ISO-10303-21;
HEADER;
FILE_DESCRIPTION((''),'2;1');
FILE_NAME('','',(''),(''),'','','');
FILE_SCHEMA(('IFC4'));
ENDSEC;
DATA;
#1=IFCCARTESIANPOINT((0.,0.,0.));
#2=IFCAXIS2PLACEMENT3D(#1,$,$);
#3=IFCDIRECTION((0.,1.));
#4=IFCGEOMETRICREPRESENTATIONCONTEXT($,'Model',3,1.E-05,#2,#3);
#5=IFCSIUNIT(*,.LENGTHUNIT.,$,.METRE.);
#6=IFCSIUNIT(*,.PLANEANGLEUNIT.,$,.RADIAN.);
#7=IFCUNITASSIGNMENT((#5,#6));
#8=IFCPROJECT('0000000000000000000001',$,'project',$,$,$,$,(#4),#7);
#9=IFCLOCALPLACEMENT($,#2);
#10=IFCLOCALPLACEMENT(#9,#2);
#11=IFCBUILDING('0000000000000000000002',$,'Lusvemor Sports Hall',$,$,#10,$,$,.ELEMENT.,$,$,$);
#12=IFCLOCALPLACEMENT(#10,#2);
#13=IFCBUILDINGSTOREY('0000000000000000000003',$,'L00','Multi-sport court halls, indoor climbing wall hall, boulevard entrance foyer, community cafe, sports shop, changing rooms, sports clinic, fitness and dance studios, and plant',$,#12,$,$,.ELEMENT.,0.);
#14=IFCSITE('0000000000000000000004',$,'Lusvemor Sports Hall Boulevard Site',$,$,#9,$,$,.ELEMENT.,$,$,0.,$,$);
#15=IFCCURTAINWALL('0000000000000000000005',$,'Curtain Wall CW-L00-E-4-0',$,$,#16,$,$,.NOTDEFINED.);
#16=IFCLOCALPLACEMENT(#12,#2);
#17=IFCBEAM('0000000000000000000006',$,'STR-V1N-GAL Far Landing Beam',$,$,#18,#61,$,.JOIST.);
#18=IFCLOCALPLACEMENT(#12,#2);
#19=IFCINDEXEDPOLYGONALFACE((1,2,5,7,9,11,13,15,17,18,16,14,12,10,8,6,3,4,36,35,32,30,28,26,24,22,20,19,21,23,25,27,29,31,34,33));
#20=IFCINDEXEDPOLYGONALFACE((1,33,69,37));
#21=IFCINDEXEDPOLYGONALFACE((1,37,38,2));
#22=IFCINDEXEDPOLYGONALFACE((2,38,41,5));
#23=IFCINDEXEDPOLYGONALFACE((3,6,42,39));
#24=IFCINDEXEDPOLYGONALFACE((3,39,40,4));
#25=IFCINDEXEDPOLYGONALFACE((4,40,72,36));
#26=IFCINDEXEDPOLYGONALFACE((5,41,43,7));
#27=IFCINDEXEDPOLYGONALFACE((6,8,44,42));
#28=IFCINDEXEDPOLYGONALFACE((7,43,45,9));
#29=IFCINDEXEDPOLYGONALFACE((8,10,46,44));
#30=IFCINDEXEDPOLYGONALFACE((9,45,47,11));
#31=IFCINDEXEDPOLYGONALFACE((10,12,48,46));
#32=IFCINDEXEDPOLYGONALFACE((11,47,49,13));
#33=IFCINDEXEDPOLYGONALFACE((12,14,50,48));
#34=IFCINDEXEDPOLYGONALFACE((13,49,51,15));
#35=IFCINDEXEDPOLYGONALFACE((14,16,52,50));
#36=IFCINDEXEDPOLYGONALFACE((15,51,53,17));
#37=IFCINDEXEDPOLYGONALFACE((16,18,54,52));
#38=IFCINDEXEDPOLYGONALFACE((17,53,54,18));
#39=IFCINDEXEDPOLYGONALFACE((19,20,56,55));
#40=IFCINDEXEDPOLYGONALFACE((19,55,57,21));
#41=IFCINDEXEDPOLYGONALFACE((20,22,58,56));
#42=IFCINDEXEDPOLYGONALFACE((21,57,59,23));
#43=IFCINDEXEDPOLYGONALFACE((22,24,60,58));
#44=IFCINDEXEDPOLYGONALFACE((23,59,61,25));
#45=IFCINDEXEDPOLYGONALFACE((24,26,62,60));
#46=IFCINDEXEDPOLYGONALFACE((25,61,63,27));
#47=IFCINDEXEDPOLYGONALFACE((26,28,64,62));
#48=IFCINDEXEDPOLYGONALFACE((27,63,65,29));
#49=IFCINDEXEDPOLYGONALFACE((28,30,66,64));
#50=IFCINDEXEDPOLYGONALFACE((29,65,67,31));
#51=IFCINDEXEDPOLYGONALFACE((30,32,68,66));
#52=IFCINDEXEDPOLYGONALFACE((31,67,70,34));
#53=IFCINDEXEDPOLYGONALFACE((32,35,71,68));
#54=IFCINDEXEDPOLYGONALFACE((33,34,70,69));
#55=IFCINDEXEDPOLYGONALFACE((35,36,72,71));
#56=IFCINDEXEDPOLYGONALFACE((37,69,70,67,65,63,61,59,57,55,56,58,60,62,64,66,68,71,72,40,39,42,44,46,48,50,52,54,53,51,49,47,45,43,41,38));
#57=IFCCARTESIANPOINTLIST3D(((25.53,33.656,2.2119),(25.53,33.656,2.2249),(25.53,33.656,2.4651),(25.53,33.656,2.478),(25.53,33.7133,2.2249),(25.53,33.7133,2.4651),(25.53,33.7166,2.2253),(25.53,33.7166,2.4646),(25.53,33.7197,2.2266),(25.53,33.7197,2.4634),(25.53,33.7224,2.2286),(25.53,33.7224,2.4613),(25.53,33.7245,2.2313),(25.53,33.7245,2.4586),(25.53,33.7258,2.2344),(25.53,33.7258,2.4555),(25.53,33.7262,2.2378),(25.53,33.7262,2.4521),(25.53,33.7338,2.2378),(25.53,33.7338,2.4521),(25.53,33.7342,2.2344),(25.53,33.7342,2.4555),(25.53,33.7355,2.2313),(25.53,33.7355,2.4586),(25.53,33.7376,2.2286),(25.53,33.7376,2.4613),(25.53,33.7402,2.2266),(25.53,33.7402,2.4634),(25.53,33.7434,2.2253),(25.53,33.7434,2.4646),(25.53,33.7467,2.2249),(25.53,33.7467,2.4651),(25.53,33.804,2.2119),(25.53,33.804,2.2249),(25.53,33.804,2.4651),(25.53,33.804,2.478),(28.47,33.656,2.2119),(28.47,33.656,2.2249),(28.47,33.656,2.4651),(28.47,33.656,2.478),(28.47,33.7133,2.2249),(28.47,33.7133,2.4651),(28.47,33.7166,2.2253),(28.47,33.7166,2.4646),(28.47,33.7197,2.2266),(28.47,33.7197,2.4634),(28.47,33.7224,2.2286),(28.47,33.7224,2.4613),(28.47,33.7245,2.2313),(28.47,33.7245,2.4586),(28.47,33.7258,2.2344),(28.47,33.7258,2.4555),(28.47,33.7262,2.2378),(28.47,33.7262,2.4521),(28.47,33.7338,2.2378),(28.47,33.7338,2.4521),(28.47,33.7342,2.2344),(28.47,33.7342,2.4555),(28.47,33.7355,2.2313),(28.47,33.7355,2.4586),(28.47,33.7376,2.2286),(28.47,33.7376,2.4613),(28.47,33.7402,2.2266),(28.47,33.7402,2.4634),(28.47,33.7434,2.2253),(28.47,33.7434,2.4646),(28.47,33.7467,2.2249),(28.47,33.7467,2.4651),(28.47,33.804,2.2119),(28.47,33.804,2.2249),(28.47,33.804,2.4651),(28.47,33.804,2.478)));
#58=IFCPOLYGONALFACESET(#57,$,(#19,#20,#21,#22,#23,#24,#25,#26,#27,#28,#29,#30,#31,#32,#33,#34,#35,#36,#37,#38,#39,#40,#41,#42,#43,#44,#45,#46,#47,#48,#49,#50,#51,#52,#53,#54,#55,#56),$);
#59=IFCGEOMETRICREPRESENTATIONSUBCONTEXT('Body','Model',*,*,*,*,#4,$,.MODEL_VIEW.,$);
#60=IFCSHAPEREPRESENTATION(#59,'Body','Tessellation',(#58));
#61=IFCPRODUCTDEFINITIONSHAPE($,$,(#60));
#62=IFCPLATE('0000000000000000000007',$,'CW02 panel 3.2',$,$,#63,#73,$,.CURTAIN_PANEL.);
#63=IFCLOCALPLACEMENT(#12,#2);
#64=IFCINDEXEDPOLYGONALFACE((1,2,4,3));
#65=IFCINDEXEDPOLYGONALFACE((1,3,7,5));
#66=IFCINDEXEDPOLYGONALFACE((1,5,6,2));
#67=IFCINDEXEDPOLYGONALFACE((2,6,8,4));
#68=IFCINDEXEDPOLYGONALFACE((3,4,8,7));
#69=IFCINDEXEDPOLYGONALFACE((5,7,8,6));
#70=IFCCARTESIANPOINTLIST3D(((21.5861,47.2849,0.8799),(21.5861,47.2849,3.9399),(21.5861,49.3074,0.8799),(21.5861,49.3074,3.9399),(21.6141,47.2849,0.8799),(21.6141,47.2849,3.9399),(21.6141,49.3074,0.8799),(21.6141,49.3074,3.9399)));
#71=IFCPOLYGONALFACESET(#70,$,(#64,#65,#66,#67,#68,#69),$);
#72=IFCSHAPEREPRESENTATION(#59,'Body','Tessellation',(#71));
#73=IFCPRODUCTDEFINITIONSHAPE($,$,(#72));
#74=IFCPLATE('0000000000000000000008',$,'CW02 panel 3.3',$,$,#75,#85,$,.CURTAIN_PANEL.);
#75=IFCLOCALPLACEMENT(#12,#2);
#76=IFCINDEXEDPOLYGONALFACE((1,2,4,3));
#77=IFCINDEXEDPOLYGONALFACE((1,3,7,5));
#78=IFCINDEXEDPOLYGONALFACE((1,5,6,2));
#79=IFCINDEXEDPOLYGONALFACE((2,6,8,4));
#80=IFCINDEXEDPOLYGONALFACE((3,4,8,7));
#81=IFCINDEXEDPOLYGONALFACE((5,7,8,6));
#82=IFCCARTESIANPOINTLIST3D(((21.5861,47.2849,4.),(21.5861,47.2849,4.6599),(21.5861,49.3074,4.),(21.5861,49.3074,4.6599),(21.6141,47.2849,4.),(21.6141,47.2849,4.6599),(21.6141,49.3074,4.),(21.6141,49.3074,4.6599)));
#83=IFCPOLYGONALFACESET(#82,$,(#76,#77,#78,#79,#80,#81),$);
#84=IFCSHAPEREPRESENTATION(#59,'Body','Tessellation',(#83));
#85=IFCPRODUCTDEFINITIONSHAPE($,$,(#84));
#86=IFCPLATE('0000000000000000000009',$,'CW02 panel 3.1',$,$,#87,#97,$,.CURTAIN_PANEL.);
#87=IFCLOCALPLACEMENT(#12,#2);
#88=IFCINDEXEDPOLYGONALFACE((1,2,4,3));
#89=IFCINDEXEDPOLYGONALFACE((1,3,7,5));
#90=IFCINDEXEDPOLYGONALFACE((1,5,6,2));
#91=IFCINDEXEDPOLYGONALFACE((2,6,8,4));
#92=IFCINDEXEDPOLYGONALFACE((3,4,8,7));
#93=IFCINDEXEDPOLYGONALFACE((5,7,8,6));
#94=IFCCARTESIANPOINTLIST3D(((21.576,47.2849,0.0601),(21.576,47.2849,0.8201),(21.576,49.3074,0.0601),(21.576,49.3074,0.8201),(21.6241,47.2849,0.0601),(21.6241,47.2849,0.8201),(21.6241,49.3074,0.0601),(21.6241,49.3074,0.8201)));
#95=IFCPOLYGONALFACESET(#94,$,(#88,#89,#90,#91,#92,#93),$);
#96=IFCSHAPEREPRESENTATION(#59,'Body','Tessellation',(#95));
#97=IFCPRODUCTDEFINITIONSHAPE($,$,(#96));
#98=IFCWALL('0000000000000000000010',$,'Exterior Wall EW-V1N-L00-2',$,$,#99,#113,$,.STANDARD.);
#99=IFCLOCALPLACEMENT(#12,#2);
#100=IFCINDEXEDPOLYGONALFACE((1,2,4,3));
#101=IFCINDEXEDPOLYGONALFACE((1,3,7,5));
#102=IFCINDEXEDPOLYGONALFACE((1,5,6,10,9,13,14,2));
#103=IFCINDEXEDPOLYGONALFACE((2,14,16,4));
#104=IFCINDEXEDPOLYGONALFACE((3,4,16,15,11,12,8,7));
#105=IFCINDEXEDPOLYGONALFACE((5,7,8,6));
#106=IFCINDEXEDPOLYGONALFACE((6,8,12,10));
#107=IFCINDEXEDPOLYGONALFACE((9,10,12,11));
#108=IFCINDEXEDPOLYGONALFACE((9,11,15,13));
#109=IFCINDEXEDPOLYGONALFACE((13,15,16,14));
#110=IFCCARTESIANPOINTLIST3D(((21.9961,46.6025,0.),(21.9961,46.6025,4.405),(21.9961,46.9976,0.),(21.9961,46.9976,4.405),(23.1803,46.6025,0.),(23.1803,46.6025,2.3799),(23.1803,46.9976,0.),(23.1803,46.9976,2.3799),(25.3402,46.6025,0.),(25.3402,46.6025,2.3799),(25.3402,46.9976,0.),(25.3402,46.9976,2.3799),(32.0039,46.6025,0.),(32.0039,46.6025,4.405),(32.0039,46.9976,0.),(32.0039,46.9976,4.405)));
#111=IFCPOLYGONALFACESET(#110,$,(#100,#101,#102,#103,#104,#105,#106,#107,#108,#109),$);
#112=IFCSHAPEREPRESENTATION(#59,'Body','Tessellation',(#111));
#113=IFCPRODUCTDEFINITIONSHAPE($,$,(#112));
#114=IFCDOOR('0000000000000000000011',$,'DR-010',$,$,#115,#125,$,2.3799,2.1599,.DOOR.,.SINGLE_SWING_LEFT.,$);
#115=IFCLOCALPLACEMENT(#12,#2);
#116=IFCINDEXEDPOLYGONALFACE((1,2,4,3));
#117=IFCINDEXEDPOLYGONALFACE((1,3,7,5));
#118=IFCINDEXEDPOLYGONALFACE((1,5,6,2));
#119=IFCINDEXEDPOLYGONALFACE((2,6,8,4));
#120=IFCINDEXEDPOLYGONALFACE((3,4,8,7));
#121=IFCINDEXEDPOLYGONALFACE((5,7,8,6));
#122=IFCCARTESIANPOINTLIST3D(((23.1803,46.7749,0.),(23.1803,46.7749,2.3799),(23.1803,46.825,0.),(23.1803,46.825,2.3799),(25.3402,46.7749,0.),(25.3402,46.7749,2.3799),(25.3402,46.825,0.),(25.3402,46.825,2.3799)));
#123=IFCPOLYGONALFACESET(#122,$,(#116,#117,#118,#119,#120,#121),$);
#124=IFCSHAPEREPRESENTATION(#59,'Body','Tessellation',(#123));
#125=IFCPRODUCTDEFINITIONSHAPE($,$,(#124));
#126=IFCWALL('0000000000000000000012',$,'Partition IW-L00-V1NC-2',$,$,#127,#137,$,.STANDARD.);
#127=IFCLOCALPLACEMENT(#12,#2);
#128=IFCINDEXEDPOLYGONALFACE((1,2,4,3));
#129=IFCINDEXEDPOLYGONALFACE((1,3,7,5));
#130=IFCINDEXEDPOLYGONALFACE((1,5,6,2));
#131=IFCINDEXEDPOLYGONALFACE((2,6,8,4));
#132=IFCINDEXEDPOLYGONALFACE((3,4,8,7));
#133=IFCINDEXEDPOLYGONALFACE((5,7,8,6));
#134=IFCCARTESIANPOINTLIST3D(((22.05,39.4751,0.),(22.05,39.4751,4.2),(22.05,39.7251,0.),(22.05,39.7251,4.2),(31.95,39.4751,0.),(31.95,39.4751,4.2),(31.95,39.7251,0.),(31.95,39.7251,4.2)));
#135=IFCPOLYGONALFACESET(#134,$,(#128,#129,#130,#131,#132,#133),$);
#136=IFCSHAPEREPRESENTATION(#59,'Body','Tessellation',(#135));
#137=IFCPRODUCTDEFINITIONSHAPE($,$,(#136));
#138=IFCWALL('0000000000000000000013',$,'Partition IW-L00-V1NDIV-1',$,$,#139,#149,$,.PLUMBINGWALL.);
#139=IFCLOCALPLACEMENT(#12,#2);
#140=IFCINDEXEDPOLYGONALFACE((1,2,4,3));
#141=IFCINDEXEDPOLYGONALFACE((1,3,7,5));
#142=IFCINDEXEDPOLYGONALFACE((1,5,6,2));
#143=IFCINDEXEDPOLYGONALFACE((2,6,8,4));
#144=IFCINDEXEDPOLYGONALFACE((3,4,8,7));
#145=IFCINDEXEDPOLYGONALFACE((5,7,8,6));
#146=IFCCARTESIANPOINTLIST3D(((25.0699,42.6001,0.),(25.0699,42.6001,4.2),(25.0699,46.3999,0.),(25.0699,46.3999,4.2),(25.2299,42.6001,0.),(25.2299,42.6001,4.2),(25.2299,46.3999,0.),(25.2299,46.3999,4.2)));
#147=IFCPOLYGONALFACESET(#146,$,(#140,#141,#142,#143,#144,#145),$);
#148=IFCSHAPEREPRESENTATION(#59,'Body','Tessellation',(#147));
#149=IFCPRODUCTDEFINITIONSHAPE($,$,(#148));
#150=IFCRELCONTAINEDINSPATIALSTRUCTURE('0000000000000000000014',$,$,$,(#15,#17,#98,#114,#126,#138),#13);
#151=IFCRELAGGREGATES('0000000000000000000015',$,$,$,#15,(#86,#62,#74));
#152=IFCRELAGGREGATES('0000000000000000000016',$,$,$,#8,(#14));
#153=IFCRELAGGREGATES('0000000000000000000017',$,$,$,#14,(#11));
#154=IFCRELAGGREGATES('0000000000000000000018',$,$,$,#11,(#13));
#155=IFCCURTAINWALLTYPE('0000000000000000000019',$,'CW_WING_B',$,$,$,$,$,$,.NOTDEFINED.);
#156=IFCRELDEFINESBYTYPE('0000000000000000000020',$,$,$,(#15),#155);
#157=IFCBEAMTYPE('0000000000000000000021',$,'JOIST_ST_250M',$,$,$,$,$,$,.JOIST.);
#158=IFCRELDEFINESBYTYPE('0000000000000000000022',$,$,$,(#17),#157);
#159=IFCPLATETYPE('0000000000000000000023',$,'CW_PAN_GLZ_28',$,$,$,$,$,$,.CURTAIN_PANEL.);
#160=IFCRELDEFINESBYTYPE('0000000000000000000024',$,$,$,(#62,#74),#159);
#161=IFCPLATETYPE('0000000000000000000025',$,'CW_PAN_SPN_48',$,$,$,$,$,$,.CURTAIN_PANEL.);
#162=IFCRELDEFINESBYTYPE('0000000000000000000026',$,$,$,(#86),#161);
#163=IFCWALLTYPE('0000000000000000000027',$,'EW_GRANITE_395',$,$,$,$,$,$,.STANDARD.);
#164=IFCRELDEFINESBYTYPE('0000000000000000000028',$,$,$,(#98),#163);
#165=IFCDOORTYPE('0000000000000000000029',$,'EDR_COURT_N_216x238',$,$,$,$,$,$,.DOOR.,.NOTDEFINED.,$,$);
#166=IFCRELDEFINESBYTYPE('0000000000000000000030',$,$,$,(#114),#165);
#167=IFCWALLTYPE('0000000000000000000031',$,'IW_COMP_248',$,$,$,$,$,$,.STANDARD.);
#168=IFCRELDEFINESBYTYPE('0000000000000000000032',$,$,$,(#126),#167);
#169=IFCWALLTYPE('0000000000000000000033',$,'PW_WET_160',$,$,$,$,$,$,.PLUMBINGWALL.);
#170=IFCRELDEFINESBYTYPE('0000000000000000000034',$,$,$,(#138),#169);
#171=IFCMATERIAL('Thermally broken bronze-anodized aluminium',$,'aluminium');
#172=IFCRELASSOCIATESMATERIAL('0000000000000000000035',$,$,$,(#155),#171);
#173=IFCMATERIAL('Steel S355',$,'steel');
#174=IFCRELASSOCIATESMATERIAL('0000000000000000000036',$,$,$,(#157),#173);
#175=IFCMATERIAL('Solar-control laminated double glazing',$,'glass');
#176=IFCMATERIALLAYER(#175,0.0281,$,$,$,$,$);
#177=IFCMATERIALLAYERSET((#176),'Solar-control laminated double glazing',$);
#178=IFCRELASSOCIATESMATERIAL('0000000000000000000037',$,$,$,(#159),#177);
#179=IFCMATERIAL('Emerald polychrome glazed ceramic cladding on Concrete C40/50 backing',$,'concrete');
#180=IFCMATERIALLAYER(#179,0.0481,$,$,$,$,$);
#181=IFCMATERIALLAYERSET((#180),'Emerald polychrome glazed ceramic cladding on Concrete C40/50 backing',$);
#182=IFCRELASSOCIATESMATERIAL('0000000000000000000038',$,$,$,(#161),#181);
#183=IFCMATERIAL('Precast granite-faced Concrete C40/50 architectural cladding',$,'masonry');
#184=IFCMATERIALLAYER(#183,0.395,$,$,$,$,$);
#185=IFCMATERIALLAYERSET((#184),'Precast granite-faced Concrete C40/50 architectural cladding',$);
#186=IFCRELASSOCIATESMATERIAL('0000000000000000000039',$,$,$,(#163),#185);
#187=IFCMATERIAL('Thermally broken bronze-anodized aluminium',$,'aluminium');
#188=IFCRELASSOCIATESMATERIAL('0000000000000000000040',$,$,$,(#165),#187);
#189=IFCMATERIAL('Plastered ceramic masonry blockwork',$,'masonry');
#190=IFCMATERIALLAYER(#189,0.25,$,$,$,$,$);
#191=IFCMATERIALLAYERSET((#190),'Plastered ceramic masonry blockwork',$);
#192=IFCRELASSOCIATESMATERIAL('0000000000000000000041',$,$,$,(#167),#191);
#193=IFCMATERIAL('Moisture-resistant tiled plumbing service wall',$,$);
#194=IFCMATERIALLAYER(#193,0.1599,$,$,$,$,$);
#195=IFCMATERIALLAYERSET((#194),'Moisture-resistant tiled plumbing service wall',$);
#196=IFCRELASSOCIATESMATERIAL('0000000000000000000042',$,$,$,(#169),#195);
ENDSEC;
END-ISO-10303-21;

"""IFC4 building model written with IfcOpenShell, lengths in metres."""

from ifc_helpers import new_model, si_unit, direction, frame, frame_2d, origin, origin_2d, place, context, subcontext, project, spatial, rectangle, i_section, extrude, material, layer, layer_set, material_profile, profile_set, type_object, element, fill, aggregate, save


model = new_model("IFC4")

# Units and contexts
model_context = context("Model", 3, precision=1e-05, world=origin(), true_north=direction((0.0, 1.0)))
body_context = subcontext(model_context, "Body", "Model", "MODEL_VIEW")
ifc_project = project(units=[si_unit("LENGTHUNIT", "METRE"), si_unit("PLANEANGLEUNIT", "RADIAN")], contexts=[model_context])

# Site, building, storey
site_placement = place(None, origin())
site = spatial("IfcSite", under=ifc_project, at=site_placement, Name="Lusvemor Sports Hall Boulevard Site", CompositionType="ELEMENT", RefElevation=0.0)
building_placement = place(site_placement, origin())
building = spatial("IfcBuilding", under=site, at=building_placement, Name="Lusvemor Sports Hall", CompositionType="ELEMENT")
storey_placement = place(building_placement, origin())
storey = spatial("IfcBuildingStorey", under=building, at=storey_placement, Name="L00", Description="Multi-sport court halls, indoor climbing wall hall, boulevard entrance foyer, community cafe, sports shop, changing rooms, sports clinic, fitness and dance studios, and plant", CompositionType="ELEMENT", Elevation=0.0)

# Curtain wall
ifc_material_1 = material(Name="Thermally broken bronze-anodized aluminium", Category="aluminium")
curtain_wall_type = type_object("IfcCurtainWallType", Name="CW_WING_B", PredefinedType="NOTDEFINED", material=ifc_material_1)
curtain_wall_placement = place(storey_placement, origin())
curtain_wall = element("IfcCurtainWall", 1, at=curtain_wall_placement, inside=storey, type_object=curtain_wall_type, Name="Curtain Wall CW-L00-E-4-0", PredefinedType="NOTDEFINED")

# Beam
ifc_material_2 = material(Name="Steel S355", Category="steel")
ifc_material_profile_1 = material_profile(ifc_material_2, i_section(OverallWidth=0.1479, OverallDepth=0.2661, WebThickness=0.0076, FlangeThickness=0.0129, FilletRadius=0.0129, at=origin_2d()), Name="W250x44.8")
ifc_profile_set_1 = profile_set([ifc_material_profile_1], Name="Steel S355")
beam_type = type_object("IfcBeamType", Name="JOIST_ST_250M", PredefinedType="JOIST", material=ifc_profile_set_1)
for number, where, z_axis, x_axis, name in (
    (2, (25.53, 33.73, 2.345), (1.0, 0.0, 0.0), (0.0, 1.0, 0.0), "STR-V1N-GAL Far Landing Beam"),
):
    element("IfcBeam", number, at=place(storey_placement, frame(where, z_axis=z_axis, x_axis=x_axis)), inside=storey, type_object=beam_type, Name=name, PredefinedType="JOIST", context=body_context, shape_type="SweptSolid", body=[
        extrude(i_section(OverallWidth=0.1479, OverallDepth=0.2661, WebThickness=0.0076, FlangeThickness=0.0129, FilletRadius=0.0129, at=origin_2d()), origin(), (0.0, 0.0, 1.0), 2.9399),
    ])

# Plates
ifc_material_3 = material(Name="Solar-control laminated double glazing", Category="glass")
ifc_layer_1 = layer(ifc_material_3, 0.0281)
ifc_layer_set_1 = layer_set([ifc_layer_1], Name="Solar-control laminated double glazing")
plate_type_1 = type_object("IfcPlateType", Name="CW_PAN_GLZ_28", PredefinedType="CURTAIN_PANEL", material=ifc_layer_set_1)
plate_1_placement = place(storey_placement, frame((21.6001, 48.2961, 0.8799), z_axis=(0.0, 0.0, 1.0), x_axis=(0.0, -1.0, 0.0)))
plate_1 = element("IfcPlate", 3, at=plate_1_placement, type_object=plate_type_1, Name="CW02 panel 3.2", PredefinedType="CURTAIN_PANEL", context=body_context, shape_type="SweptSolid", body=[
    extrude(rectangle(XDim=2.0225, YDim=0.0281, at=origin_2d()), origin(), (0.0, 0.0, 1.0), 3.0601),
])
plate_2_placement = place(storey_placement, frame((21.6001, 48.2961, 4.0), z_axis=(0.0, 0.0, 1.0), x_axis=(0.0, -1.0, 0.0)))
plate_2 = element("IfcPlate", 4, at=plate_2_placement, type_object=plate_type_1, Name="CW02 panel 3.3", PredefinedType="CURTAIN_PANEL", context=body_context, shape_type="SweptSolid", body=[
    extrude(rectangle(XDim=2.0225, YDim=0.0281, at=origin_2d()), origin(), (0.0, 0.0, 1.0), 0.6599),
])
ifc_material_4 = material(Name="Emerald polychrome glazed ceramic cladding on Concrete C40/50 backing", Category="concrete")
ifc_layer_2 = layer(ifc_material_4, 0.0481)
ifc_layer_set_2 = layer_set([ifc_layer_2], Name="Emerald polychrome glazed ceramic cladding on Concrete C40/50 backing")
plate_type_2 = type_object("IfcPlateType", Name="CW_PAN_SPN_48", PredefinedType="CURTAIN_PANEL", material=ifc_layer_set_2)
plate_3_placement = place(storey_placement, frame((21.6001, 48.2961, 0.0601), z_axis=(0.0, 0.0, 1.0), x_axis=(0.0, -1.0, 0.0)))
plate_3 = element("IfcPlate", 5, at=plate_3_placement, type_object=plate_type_2, Name="CW02 panel 3.1", PredefinedType="CURTAIN_PANEL", context=body_context, shape_type="SweptSolid", body=[
    extrude(rectangle(XDim=2.0225, YDim=0.0481, at=origin_2d()), origin(), (0.0, 0.0, 1.0), 0.76),
])
aggregate(curtain_wall, [plate_3, plate_1, plate_2])

# Wall, opening, door
ifc_material_5 = material(Name="Precast granite-faced Concrete C40/50 architectural cladding", Category="masonry")
ifc_layer_3 = layer(ifc_material_5, 0.395)
ifc_layer_set_3 = layer_set([ifc_layer_3], Name="Precast granite-faced Concrete C40/50 architectural cladding")
wall_type_1 = type_object("IfcWallType", Name="EW_GRANITE_395", PredefinedType="STANDARD", material=ifc_layer_set_3)
wall_1_placement = place(storey_placement, frame((21.9961, 46.8, 0.0), z_axis=(0.0, 0.0, 1.0), x_axis=(1.0, 0.0, 0.0)))
wall_1 = element("IfcWall", 6, at=wall_1_placement, inside=storey, type_object=wall_type_1, Name="Exterior Wall EW-V1N-L00-2", PredefinedType="STANDARD", context=body_context, shape_type="SweptSolid", body=[
    extrude(rectangle(XDim=10.0078, YDim=0.395, at=frame_2d((5.0039, 0.0))), origin(), (0.0, 0.0, 1.0), 4.405),
])
opening_1_placement = place(wall_1_placement, frame((1.1841, 0.0, 0.0)))
opening_1 = element("IfcOpeningElement", 7, at=opening_1_placement, cuts=wall_1, PredefinedType="OPENING", context=body_context, shape_type="SweptSolid", body=[
    extrude(rectangle(XDim=2.1599, YDim=2.3799, at=frame_2d((1.0801, 1.1899))), frame((0.0, 0.1975, 0.0), z_axis=(0.0, -1.0, 0.0), x_axis=(1.0, 0.0, 0.0)), (0.0, 0.0, 1.0), 0.395),
])
ifc_material_6 = material(Name="Thermally broken bronze-anodized aluminium", Category="aluminium")
door_type_1 = type_object("IfcDoorType", Name="EDR_COURT_N_216x238", OperationType="NOTDEFINED", PredefinedType="DOOR", material=ifc_material_6)
door_1_placement = place(opening_1_placement, origin())
door_1 = element("IfcDoor", 8, at=door_1_placement, inside=storey, type_object=door_type_1, Name="DR-010", OperationType="SINGLE_SWING_LEFT", OverallHeight=2.3799, OverallWidth=2.1599, PredefinedType="DOOR", context=body_context, shape_type="SweptSolid", body=[
    extrude(rectangle(XDim=2.1599, YDim=2.3799, at=frame_2d((1.0801, 1.1899))), frame((0.0, 0.0249, 0.0), z_axis=(0.0, -1.0, 0.0), x_axis=(1.0, 0.0, 0.0)), (0.0, 0.0, 1.0), 0.05),
])
fill(opening_1, door_1)

# Walls
ifc_material_7 = material(Name="Plastered ceramic masonry blockwork", Category="masonry")
ifc_layer_4 = layer(ifc_material_7, 0.25)
ifc_layer_set_4 = layer_set([ifc_layer_4], Name="Plastered ceramic masonry blockwork")
wall_type_2 = type_object("IfcWallType", Name="IW_COMP_248", PredefinedType="STANDARD", material=ifc_layer_set_4)
wall_2_placement = place(storey_placement, frame((22.05, 39.6001, 0.0), z_axis=(0.0, 0.0, 1.0), x_axis=(1.0, 0.0, 0.0)))
element("IfcWall", 9, at=wall_2_placement, inside=storey, type_object=wall_type_2, Name="Partition IW-L00-V1NC-2", PredefinedType="STANDARD", context=body_context, shape_type="SweptSolid", body=[
    extrude(rectangle(XDim=9.8999, YDim=0.25, at=frame_2d((4.95, 0.0))), origin(), (0.0, 0.0, 1.0), 4.2),
])
ifc_material_8 = material(Name="Moisture-resistant tiled plumbing service wall")
ifc_layer_5 = layer(ifc_material_8, 0.1599)
ifc_layer_set_5 = layer_set([ifc_layer_5], Name="Moisture-resistant tiled plumbing service wall")
wall_type_3 = type_object("IfcWallType", Name="PW_WET_160", PredefinedType="PLUMBINGWALL", material=ifc_layer_set_5)
wall_3_placement = place(storey_placement, frame((25.1499, 42.6001, 0.0), z_axis=(0.0, 0.0, 1.0), x_axis=(0.0, 1.0, 0.0)))
element("IfcWall", 10, at=wall_3_placement, inside=storey, type_object=wall_type_3, Name="Partition IW-L00-V1NDIV-1", PredefinedType="PLUMBINGWALL", context=body_context, shape_type="SweptSolid", body=[
    extrude(rectangle(XDim=3.7998, YDim=0.1599, at=frame_2d((1.8999, 0.0))), origin(), (0.0, 0.0, 1.0), 4.2),
])

save(model, "model.ifc")
